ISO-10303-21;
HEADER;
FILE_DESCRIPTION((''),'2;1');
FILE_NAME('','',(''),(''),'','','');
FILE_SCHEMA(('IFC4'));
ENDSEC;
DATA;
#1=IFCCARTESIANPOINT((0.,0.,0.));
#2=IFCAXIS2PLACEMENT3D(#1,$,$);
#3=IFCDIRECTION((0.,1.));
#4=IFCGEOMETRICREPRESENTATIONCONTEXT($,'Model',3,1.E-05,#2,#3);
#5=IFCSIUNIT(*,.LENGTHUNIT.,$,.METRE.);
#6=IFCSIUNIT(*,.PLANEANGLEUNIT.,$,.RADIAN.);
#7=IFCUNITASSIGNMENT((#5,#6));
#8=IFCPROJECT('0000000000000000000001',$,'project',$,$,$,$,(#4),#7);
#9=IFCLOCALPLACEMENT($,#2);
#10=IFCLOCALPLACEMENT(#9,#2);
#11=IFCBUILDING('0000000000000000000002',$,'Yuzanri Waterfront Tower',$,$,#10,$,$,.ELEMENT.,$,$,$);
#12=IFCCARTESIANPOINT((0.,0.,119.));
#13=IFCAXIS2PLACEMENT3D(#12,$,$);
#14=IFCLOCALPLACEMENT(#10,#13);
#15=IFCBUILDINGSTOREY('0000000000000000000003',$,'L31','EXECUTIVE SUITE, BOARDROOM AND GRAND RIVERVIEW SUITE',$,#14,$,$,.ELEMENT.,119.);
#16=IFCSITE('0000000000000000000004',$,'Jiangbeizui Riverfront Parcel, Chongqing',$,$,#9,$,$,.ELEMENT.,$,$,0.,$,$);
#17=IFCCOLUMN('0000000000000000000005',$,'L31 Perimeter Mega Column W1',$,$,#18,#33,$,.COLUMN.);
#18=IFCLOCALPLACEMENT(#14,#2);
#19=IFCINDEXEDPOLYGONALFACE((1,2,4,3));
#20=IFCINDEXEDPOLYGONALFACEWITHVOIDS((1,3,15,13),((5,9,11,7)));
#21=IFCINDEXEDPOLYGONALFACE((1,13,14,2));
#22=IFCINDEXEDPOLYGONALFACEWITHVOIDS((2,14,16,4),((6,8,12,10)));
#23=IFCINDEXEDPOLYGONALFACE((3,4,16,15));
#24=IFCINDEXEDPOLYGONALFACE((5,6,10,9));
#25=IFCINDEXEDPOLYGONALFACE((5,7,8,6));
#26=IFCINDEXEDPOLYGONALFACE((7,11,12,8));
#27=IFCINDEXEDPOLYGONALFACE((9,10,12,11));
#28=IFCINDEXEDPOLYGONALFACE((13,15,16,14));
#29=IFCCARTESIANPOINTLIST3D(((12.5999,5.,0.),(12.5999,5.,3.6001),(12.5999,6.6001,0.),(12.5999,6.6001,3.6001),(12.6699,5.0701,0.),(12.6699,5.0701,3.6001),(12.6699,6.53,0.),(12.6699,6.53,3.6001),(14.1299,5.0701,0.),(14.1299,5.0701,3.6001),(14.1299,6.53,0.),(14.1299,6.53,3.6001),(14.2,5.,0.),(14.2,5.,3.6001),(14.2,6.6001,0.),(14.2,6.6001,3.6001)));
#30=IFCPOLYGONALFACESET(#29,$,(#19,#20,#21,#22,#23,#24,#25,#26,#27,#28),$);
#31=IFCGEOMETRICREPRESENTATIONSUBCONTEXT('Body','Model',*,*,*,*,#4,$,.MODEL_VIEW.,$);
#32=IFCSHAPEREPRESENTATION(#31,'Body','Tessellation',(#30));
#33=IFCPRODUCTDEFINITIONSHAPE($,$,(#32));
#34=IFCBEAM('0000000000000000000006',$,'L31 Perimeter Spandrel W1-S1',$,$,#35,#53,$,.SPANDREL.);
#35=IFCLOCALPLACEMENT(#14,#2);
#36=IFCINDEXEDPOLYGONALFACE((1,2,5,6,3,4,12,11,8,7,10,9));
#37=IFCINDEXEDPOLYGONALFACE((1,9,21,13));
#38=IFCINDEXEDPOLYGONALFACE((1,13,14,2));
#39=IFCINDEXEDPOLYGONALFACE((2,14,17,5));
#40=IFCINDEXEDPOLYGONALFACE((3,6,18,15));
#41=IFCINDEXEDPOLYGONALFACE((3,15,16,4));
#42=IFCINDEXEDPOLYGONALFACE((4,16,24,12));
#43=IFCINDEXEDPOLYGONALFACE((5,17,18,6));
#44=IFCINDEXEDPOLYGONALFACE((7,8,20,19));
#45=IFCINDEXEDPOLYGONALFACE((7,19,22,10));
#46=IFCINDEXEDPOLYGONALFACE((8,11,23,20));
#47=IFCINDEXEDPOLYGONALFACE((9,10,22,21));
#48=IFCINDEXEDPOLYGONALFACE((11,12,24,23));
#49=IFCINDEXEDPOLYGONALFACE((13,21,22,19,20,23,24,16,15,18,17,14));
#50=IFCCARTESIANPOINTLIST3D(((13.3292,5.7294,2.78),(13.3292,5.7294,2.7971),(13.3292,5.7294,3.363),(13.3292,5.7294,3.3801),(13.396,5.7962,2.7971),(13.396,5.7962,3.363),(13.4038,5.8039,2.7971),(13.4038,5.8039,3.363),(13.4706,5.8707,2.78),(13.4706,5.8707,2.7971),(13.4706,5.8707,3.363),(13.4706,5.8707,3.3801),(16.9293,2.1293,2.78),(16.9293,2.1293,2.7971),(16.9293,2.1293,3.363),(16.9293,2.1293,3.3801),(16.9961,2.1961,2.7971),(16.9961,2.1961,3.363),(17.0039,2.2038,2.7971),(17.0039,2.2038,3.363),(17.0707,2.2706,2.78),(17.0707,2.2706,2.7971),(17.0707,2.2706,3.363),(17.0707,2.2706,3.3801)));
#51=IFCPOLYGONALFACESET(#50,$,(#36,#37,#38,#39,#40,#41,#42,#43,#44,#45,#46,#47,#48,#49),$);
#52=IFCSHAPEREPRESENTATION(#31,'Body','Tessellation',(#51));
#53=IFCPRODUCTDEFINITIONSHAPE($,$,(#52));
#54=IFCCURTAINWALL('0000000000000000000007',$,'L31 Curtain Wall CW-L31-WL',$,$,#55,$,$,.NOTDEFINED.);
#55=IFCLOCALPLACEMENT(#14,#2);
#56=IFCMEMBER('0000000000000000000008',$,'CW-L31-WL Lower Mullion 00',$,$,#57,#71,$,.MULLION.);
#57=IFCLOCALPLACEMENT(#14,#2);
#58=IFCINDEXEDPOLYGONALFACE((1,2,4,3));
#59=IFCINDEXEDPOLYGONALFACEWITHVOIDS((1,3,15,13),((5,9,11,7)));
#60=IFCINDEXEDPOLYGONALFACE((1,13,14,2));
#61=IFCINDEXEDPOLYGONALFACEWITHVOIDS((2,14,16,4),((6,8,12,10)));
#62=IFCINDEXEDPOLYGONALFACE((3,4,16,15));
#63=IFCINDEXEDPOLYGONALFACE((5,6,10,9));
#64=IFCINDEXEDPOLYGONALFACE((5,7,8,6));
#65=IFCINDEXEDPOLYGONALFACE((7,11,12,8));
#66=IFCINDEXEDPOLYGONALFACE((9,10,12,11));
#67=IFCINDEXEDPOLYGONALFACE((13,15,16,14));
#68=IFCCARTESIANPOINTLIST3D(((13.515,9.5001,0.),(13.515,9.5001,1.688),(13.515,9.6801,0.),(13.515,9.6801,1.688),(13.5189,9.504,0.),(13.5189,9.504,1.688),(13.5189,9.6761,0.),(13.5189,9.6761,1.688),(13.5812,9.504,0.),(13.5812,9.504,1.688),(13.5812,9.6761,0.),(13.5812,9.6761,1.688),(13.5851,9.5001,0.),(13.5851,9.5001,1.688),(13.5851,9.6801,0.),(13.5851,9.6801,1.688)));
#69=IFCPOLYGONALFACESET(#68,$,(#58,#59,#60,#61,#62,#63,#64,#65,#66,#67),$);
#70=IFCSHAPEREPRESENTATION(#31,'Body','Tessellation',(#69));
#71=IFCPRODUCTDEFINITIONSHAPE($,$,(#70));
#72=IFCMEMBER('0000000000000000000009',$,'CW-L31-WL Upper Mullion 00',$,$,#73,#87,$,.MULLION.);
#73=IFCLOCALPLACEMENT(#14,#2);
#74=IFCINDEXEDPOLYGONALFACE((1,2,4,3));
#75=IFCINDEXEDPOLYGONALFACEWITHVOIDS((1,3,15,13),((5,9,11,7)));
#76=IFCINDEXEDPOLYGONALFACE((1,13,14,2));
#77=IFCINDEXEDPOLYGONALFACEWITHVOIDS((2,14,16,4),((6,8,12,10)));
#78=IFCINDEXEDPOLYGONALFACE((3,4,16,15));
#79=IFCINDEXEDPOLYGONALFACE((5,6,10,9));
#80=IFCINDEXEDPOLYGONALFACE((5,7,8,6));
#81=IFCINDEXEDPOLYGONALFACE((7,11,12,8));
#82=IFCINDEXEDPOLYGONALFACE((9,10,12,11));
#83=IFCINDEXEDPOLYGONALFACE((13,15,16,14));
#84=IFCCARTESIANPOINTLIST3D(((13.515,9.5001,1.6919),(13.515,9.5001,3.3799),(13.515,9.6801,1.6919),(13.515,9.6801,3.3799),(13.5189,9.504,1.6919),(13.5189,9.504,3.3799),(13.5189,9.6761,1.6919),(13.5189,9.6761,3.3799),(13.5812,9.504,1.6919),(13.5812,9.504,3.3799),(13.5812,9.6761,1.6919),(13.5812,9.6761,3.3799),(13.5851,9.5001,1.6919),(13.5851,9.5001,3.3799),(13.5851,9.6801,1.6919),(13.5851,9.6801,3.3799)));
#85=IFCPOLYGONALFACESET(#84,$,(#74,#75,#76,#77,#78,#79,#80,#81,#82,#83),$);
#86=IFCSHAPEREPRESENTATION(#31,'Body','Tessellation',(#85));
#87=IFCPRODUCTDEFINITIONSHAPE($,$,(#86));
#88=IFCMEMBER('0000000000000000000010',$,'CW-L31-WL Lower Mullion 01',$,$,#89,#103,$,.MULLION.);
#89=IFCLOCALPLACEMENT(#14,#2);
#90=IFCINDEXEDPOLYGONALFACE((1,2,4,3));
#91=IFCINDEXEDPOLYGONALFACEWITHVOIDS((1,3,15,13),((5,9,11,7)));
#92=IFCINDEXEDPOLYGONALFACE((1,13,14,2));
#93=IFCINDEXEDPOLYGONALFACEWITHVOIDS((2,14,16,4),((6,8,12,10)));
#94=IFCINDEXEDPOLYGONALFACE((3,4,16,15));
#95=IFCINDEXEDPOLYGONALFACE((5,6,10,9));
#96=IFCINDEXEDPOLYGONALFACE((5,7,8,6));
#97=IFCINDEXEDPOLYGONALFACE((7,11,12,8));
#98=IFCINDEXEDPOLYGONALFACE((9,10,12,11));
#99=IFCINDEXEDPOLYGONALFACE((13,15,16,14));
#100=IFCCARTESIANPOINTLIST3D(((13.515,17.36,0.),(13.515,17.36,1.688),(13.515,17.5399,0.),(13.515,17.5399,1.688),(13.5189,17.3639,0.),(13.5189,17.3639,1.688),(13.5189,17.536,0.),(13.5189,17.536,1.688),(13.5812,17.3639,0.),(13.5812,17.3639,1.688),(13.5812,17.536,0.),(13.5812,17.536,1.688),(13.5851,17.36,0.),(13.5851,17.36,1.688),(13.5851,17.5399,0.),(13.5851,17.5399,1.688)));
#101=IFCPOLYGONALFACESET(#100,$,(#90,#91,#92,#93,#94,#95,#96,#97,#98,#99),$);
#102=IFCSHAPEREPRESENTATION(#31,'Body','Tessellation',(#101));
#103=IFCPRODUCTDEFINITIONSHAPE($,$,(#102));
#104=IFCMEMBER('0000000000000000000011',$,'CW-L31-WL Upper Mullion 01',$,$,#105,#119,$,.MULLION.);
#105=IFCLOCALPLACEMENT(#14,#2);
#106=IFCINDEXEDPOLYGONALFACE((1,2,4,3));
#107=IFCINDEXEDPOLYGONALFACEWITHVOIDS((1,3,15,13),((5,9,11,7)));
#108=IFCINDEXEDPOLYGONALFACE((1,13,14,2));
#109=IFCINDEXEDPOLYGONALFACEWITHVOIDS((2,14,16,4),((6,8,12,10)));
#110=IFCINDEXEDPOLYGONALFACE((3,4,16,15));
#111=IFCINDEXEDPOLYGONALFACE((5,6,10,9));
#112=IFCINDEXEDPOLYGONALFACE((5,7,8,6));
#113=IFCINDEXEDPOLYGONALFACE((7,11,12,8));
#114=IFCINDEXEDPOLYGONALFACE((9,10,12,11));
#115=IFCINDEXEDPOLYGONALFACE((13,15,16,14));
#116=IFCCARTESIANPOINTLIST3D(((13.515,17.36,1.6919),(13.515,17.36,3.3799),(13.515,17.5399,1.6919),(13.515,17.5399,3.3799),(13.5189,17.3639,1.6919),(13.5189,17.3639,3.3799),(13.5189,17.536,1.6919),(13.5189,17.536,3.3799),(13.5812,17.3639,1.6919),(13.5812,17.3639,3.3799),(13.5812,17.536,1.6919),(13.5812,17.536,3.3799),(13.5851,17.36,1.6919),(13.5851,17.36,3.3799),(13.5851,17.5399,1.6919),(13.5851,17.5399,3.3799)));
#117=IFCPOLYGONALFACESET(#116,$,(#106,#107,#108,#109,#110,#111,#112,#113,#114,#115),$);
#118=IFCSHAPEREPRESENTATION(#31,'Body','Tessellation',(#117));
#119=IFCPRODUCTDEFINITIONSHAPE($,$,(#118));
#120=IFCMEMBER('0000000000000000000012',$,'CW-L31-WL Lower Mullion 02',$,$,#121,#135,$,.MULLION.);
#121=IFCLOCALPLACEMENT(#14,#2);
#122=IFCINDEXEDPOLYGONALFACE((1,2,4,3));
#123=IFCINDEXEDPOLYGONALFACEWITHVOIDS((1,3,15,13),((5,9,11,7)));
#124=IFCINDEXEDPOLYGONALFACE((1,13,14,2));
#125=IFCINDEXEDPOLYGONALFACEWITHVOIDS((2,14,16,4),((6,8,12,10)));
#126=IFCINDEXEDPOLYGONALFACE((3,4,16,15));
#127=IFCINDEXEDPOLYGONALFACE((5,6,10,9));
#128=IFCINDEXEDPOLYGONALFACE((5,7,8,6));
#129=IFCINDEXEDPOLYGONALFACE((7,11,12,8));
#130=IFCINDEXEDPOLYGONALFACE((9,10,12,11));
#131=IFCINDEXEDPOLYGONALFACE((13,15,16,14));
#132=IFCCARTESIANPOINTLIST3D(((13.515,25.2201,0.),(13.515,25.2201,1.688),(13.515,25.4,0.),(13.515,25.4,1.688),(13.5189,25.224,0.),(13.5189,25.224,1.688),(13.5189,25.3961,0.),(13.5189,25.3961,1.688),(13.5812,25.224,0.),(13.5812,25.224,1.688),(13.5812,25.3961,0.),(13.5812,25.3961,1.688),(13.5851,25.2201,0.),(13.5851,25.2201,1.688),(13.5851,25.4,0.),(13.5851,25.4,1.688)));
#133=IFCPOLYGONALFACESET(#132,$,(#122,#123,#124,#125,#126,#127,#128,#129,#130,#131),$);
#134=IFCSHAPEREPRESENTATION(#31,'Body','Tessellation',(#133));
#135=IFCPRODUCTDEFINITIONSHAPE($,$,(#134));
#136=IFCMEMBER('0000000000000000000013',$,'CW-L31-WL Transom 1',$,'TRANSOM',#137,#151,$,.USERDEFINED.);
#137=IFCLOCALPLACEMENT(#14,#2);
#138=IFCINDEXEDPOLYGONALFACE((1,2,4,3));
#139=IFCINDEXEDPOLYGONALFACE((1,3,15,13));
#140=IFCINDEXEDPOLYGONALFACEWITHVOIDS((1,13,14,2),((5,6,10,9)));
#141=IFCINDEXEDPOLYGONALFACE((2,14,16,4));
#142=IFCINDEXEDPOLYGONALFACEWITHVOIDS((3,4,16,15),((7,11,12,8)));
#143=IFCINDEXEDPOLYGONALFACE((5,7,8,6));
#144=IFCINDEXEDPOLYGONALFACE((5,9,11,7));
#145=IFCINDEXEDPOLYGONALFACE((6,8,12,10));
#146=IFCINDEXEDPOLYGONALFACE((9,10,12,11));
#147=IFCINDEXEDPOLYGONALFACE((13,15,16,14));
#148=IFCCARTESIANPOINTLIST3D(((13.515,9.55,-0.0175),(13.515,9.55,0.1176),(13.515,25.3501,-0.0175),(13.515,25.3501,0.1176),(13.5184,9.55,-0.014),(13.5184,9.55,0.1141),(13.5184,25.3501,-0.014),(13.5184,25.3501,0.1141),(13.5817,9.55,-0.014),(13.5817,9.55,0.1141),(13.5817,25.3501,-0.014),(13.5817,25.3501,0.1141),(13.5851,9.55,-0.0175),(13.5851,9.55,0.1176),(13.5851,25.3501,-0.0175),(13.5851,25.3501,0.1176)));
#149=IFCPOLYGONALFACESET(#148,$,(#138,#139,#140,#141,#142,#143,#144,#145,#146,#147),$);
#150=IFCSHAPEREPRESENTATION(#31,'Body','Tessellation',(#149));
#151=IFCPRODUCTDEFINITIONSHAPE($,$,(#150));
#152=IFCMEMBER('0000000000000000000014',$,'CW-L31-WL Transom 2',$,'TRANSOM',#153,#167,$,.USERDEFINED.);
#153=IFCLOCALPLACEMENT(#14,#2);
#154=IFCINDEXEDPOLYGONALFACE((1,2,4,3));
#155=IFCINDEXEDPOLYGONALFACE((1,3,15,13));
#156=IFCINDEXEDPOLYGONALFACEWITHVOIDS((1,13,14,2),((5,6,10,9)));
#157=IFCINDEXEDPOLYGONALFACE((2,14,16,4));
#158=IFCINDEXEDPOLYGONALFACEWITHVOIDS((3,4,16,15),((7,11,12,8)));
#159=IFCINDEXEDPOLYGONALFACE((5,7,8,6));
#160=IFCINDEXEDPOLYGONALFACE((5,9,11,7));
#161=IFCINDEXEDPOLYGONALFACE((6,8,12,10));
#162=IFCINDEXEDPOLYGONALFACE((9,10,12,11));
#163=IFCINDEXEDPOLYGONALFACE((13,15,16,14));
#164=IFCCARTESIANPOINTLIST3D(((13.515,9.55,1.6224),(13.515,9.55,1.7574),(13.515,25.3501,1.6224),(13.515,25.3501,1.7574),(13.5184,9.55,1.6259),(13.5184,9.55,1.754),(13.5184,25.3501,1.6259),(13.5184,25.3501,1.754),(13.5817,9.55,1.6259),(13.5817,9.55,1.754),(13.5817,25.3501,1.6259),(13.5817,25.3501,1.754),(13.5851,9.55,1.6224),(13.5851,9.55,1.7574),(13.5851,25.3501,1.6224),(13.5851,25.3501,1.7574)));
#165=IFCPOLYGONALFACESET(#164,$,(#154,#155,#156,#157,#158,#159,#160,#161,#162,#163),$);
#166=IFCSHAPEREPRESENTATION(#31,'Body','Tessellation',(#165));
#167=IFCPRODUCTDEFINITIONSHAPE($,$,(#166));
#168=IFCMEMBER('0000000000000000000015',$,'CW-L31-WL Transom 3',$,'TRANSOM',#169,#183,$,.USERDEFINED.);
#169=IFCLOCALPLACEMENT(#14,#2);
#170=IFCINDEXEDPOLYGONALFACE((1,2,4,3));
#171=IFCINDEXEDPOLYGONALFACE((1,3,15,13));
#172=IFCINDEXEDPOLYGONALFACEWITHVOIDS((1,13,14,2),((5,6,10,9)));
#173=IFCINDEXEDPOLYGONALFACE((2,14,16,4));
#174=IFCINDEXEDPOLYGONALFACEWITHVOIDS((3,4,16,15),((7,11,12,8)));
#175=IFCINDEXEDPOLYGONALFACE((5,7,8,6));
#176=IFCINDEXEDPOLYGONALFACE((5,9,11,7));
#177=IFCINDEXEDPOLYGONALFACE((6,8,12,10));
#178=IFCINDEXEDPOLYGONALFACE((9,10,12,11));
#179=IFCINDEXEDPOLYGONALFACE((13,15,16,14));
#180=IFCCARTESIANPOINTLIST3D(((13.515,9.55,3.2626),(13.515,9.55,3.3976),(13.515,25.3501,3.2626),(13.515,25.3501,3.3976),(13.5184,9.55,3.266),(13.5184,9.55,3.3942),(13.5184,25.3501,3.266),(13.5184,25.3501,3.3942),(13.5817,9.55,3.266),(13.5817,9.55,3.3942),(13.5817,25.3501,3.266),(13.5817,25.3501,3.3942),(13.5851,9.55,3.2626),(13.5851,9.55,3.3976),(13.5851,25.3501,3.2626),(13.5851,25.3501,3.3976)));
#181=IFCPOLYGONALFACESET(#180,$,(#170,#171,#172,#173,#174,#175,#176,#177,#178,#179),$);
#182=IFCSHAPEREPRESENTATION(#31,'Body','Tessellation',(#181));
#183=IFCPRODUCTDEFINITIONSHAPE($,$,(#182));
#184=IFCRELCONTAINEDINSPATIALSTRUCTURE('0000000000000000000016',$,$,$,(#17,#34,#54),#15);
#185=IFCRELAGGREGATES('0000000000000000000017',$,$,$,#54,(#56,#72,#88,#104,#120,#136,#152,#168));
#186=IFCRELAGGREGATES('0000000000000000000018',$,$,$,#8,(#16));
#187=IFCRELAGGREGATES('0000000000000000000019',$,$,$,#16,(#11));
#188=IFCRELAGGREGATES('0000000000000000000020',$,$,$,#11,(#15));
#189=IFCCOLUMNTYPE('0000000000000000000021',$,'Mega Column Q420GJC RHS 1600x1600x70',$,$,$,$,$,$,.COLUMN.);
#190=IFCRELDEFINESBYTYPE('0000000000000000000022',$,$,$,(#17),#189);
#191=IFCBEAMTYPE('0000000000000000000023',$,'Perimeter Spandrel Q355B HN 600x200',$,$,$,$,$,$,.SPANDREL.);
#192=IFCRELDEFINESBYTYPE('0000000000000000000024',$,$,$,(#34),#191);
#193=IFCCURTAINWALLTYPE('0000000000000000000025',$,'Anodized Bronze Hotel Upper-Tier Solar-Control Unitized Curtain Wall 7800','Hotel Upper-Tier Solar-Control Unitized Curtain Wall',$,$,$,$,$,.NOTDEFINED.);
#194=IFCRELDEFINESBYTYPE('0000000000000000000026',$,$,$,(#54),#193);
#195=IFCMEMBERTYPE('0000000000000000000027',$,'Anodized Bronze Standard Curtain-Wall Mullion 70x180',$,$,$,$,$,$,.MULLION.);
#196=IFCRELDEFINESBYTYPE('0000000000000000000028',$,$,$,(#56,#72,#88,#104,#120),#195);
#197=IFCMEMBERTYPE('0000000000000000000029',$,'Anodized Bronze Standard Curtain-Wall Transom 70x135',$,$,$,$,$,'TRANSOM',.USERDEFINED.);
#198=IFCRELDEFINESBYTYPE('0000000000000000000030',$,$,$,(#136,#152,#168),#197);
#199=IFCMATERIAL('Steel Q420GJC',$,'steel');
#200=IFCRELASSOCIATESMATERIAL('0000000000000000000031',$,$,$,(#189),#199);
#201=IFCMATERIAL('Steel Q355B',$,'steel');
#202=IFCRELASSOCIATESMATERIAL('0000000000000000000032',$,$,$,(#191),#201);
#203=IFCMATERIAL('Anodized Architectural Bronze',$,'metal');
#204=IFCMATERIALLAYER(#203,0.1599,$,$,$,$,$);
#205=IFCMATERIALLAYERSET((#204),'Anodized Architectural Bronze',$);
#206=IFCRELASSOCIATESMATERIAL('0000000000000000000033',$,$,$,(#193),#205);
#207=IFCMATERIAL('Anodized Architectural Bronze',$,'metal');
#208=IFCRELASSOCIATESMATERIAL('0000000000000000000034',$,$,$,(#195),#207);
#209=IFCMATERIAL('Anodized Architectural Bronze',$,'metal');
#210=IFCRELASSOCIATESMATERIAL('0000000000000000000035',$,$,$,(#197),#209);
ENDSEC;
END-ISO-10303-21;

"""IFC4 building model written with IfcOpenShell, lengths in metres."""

from ifc_helpers import new_model, si_unit, direction, frame, origin, origin_2d, place, context, subcontext, project, spatial, hollow_rectangle, i_section, extrude, source, transform, mapped, material, layer, layer_set, material_profile, profile_set, type_object, element, aggregate, save


model = new_model("IFC4")

# Units and contexts
model_context = context("Model", 3, precision=1e-05, world=origin(), true_north=direction((0.0, 1.0)))
body_context = subcontext(model_context, "Body", "Model", "MODEL_VIEW")
ifc_project = project(units=[si_unit("LENGTHUNIT", "METRE"), si_unit("PLANEANGLEUNIT", "RADIAN")], contexts=[model_context])

# Site, building, storey
site_placement = place(None, origin())
site = spatial("IfcSite", under=ifc_project, at=site_placement, Name="Jiangbeizui Riverfront Parcel, Chongqing", CompositionType="ELEMENT", RefElevation=0.0)
building_placement = place(site_placement, origin())
building = spatial("IfcBuilding", under=site, at=building_placement, Name="Yuzanri Waterfront Tower", CompositionType="ELEMENT")
storey_placement = place(building_placement, frame((0.0, 0.0, 119.0)))
storey = spatial("IfcBuildingStorey", under=building, at=storey_placement, Name="L31", Description="EXECUTIVE SUITE, BOARDROOM AND GRAND RIVERVIEW SUITE", CompositionType="ELEMENT", Elevation=119.0)

# Column
ifc_material_1 = material(Name="Steel Q420GJC", Category="steel")
ifc_material_profile_1 = material_profile(ifc_material_1, hollow_rectangle(XDim=1.6001, YDim=1.6001, WallThickness=0.0701, at=origin_2d()), Name="RHS 1600x1600x70")
ifc_profile_set_1 = profile_set([ifc_material_profile_1], Name="Steel Q420GJC")
column_type = type_object("IfcColumnType", Name="Mega Column Q420GJC RHS 1600x1600x70", PredefinedType="COLUMN", material=ifc_profile_set_1)
shared_shape_1 = source(origin(), body_context, "Body", "SweptSolid", [
    extrude(hollow_rectangle(XDim=1.6001, YDim=1.6001, WallThickness=0.0701, at=origin_2d()), origin(), (0.0, 0.0, 1.0), 3.6001),
])
column_placement = place(storey_placement, frame((13.3999, 5.8, 0.0), z_axis=(0.0, 0.0, 1.0), x_axis=(1.0, 0.0, 0.0)))
element("IfcColumn", 1, at=column_placement, inside=storey, type_object=column_type, Name="L31 Perimeter Mega Column W1", PredefinedType="COLUMN", context=body_context, shape_type="MappedRepresentation", body=[
    mapped(shared_shape_1, transform((0.0, 0.0, 0.0), scale=1.0)),
])

# Beam
ifc_material_2 = material(Name="Steel Q355B", Category="steel")
ifc_material_profile_2 = material_profile(ifc_material_2, i_section(OverallWidth=0.2, OverallDepth=0.6001, WebThickness=0.011, FlangeThickness=0.0171, at=origin_2d()), Name="HN 600x200x11x17")
ifc_profile_set_2 = profile_set([ifc_material_profile_2], Name="Steel Q355B")
beam_type = type_object("IfcBeamType", Name="Perimeter Spandrel Q355B HN 600x200", PredefinedType="SPANDREL", material=ifc_profile_set_2)
shared_shape_2 = source(origin(), body_context, "Body", "SweptSolid", [
    extrude(i_section(OverallWidth=0.2, OverallDepth=0.6001, WebThickness=0.011, FlangeThickness=0.0171, at=origin_2d()), origin(), (0.0, 0.0, 1.0), 5.0913),
])
beam_placement = place(storey_placement, frame((13.3999, 5.8, 3.0801), z_axis=(0.707107, -0.707107, 0.0), x_axis=(0.707107, 0.707107, 0.0)))
element("IfcBeam", 2, at=beam_placement, inside=storey, type_object=beam_type, Name="L31 Perimeter Spandrel W1-S1", PredefinedType="SPANDREL", context=body_context, shape_type="MappedRepresentation", body=[
    mapped(shared_shape_2, transform((0.0, 0.0, 0.0), scale=1.0)),
])

# Curtain wall, members
ifc_material_3 = material(Name="Anodized Architectural Bronze", Category="metal")
ifc_layer_1 = layer(ifc_material_3, 0.1599)
ifc_layer_set_1 = layer_set([ifc_layer_1], Name="Anodized Architectural Bronze")
curtain_wall_type = type_object("IfcCurtainWallType", Name="Anodized Bronze Hotel Upper-Tier Solar-Control Unitized Curtain Wall 7800", Description="Hotel Upper-Tier Solar-Control Unitized Curtain Wall", PredefinedType="NOTDEFINED", material=ifc_layer_set_1)
curtain_wall_placement = place(storey_placement, origin())
curtain_wall = element("IfcCurtainWall", 3, at=curtain_wall_placement, inside=storey, type_object=curtain_wall_type, Name="L31 Curtain Wall CW-L31-WL", PredefinedType="NOTDEFINED")
ifc_material_4 = material(Name="Anodized Architectural Bronze", Category="metal")
ifc_material_profile_3 = material_profile(ifc_material_4, hollow_rectangle(XDim=0.0701, YDim=0.1799, WallThickness=0.0039, at=origin_2d()), Name="CWM 70x180")
ifc_profile_set_3 = profile_set([ifc_material_profile_3], Name="Anodized Architectural Bronze")
member_type_1 = type_object("IfcMemberType", Name="Anodized Bronze Standard Curtain-Wall Mullion 70x180", PredefinedType="MULLION", material=ifc_profile_set_3)
shared_shape_3 = source(origin(), body_context, "Body", "SweptSolid", [
    extrude(hollow_rectangle(XDim=0.0701, YDim=0.1799, WallThickness=0.0039, at=origin_2d()), origin(), (0.0, 0.0, 1.0), 1.688),
])
member_1_placement = place(storey_placement, frame((13.55, 9.5901, 0.0), z_axis=(0.0, 0.0, 1.0), x_axis=(1.0, 0.0, 0.0)))
member_1 = element("IfcMember", 4, at=member_1_placement, type_object=member_type_1, Name="CW-L31-WL Lower Mullion 00", PredefinedType="MULLION", context=body_context, shape_type="MappedRepresentation", body=[
    mapped(shared_shape_3, transform((0.0, 0.0, 0.0), scale=1.0)),
])
member_2_placement = place(storey_placement, frame((13.55, 9.5901, 1.6919), z_axis=(0.0, 0.0, 1.0), x_axis=(1.0, 0.0, 0.0)))
member_2 = element("IfcMember", 5, at=member_2_placement, type_object=member_type_1, Name="CW-L31-WL Upper Mullion 00", PredefinedType="MULLION", context=body_context, shape_type="MappedRepresentation", body=[
    mapped(shared_shape_3, transform((0.0, 0.0, 0.0), scale=1.0)),
])
member_3_placement = place(storey_placement, frame((13.55, 17.45, 0.0), z_axis=(0.0, 0.0, 1.0), x_axis=(1.0, 0.0, 0.0)))
member_3 = element("IfcMember", 6, at=member_3_placement, type_object=member_type_1, Name="CW-L31-WL Lower Mullion 01", PredefinedType="MULLION", context=body_context, shape_type="MappedRepresentation", body=[
    mapped(shared_shape_3, transform((0.0, 0.0, 0.0), scale=1.0)),
])
member_4_placement = place(storey_placement, frame((13.55, 17.45, 1.6919), z_axis=(0.0, 0.0, 1.0), x_axis=(1.0, 0.0, 0.0)))
member_4 = element("IfcMember", 7, at=member_4_placement, type_object=member_type_1, Name="CW-L31-WL Upper Mullion 01", PredefinedType="MULLION", context=body_context, shape_type="MappedRepresentation", body=[
    mapped(shared_shape_3, transform((0.0, 0.0, 0.0), scale=1.0)),
])
member_5_placement = place(storey_placement, frame((13.55, 25.3101, 0.0), z_axis=(0.0, 0.0, 1.0), x_axis=(1.0, 0.0, 0.0)))
member_5 = element("IfcMember", 8, at=member_5_placement, type_object=member_type_1, Name="CW-L31-WL Lower Mullion 02", PredefinedType="MULLION", context=body_context, shape_type="MappedRepresentation", body=[
    mapped(shared_shape_3, transform((0.0, 0.0, 0.0), scale=1.0)),
])
ifc_material_5 = material(Name="Anodized Architectural Bronze", Category="metal")
ifc_material_profile_4 = material_profile(ifc_material_5, hollow_rectangle(XDim=0.0701, YDim=0.135, WallThickness=0.0034, at=origin_2d()), Name="CWT 70x135")
ifc_profile_set_4 = profile_set([ifc_material_profile_4], Name="Anodized Architectural Bronze")
member_type_2 = type_object("IfcMemberType", Name="Anodized Bronze Standard Curtain-Wall Transom 70x135", ElementType="TRANSOM", PredefinedType="USERDEFINED", material=ifc_profile_set_4)
shared_shape_4 = source(origin(), body_context, "Body", "SweptSolid", [
    extrude(hollow_rectangle(XDim=0.0701, YDim=0.135, WallThickness=0.0034, at=origin_2d()), origin(), (0.0, 0.0, 1.0), 15.8),
])
member_6_placement = place(storey_placement, frame((13.55, 9.55, 0.05), z_axis=(0.0, 1.0, 0.0), x_axis=(-1.0, 0.0, 0.0)))
member_6 = element("IfcMember", 9, at=member_6_placement, type_object=member_type_2, Name="CW-L31-WL Transom 1", ObjectType="TRANSOM", PredefinedType="USERDEFINED", context=body_context, shape_type="MappedRepresentation", body=[
    mapped(shared_shape_4, transform((0.0, 0.0, 0.0), scale=1.0)),
])
member_7_placement = place(storey_placement, frame((13.55, 9.55, 1.6899), z_axis=(0.0, 1.0, 0.0), x_axis=(-1.0, 0.0, 0.0)))
member_7 = element("IfcMember", 10, at=member_7_placement, type_object=member_type_2, Name="CW-L31-WL Transom 2", ObjectType="TRANSOM", PredefinedType="USERDEFINED", context=body_context, shape_type="MappedRepresentation", body=[
    mapped(shared_shape_4, transform((0.0, 0.0, 0.0), scale=1.0)),
])
member_8_placement = place(storey_placement, frame((13.55, 9.55, 3.3301), z_axis=(0.0, 1.0, 0.0), x_axis=(-1.0, 0.0, 0.0)))
member_8 = element("IfcMember", 11, at=member_8_placement, type_object=member_type_2, Name="CW-L31-WL Transom 3", ObjectType="TRANSOM", PredefinedType="USERDEFINED", context=body_context, shape_type="MappedRepresentation", body=[
    mapped(shared_shape_4, transform((0.0, 0.0, 0.0), scale=1.0)),
])

aggregate(curtain_wall, [member_1, member_2, member_3, member_4, member_5, member_6, member_7, member_8])

save(model, "model.ifc")
